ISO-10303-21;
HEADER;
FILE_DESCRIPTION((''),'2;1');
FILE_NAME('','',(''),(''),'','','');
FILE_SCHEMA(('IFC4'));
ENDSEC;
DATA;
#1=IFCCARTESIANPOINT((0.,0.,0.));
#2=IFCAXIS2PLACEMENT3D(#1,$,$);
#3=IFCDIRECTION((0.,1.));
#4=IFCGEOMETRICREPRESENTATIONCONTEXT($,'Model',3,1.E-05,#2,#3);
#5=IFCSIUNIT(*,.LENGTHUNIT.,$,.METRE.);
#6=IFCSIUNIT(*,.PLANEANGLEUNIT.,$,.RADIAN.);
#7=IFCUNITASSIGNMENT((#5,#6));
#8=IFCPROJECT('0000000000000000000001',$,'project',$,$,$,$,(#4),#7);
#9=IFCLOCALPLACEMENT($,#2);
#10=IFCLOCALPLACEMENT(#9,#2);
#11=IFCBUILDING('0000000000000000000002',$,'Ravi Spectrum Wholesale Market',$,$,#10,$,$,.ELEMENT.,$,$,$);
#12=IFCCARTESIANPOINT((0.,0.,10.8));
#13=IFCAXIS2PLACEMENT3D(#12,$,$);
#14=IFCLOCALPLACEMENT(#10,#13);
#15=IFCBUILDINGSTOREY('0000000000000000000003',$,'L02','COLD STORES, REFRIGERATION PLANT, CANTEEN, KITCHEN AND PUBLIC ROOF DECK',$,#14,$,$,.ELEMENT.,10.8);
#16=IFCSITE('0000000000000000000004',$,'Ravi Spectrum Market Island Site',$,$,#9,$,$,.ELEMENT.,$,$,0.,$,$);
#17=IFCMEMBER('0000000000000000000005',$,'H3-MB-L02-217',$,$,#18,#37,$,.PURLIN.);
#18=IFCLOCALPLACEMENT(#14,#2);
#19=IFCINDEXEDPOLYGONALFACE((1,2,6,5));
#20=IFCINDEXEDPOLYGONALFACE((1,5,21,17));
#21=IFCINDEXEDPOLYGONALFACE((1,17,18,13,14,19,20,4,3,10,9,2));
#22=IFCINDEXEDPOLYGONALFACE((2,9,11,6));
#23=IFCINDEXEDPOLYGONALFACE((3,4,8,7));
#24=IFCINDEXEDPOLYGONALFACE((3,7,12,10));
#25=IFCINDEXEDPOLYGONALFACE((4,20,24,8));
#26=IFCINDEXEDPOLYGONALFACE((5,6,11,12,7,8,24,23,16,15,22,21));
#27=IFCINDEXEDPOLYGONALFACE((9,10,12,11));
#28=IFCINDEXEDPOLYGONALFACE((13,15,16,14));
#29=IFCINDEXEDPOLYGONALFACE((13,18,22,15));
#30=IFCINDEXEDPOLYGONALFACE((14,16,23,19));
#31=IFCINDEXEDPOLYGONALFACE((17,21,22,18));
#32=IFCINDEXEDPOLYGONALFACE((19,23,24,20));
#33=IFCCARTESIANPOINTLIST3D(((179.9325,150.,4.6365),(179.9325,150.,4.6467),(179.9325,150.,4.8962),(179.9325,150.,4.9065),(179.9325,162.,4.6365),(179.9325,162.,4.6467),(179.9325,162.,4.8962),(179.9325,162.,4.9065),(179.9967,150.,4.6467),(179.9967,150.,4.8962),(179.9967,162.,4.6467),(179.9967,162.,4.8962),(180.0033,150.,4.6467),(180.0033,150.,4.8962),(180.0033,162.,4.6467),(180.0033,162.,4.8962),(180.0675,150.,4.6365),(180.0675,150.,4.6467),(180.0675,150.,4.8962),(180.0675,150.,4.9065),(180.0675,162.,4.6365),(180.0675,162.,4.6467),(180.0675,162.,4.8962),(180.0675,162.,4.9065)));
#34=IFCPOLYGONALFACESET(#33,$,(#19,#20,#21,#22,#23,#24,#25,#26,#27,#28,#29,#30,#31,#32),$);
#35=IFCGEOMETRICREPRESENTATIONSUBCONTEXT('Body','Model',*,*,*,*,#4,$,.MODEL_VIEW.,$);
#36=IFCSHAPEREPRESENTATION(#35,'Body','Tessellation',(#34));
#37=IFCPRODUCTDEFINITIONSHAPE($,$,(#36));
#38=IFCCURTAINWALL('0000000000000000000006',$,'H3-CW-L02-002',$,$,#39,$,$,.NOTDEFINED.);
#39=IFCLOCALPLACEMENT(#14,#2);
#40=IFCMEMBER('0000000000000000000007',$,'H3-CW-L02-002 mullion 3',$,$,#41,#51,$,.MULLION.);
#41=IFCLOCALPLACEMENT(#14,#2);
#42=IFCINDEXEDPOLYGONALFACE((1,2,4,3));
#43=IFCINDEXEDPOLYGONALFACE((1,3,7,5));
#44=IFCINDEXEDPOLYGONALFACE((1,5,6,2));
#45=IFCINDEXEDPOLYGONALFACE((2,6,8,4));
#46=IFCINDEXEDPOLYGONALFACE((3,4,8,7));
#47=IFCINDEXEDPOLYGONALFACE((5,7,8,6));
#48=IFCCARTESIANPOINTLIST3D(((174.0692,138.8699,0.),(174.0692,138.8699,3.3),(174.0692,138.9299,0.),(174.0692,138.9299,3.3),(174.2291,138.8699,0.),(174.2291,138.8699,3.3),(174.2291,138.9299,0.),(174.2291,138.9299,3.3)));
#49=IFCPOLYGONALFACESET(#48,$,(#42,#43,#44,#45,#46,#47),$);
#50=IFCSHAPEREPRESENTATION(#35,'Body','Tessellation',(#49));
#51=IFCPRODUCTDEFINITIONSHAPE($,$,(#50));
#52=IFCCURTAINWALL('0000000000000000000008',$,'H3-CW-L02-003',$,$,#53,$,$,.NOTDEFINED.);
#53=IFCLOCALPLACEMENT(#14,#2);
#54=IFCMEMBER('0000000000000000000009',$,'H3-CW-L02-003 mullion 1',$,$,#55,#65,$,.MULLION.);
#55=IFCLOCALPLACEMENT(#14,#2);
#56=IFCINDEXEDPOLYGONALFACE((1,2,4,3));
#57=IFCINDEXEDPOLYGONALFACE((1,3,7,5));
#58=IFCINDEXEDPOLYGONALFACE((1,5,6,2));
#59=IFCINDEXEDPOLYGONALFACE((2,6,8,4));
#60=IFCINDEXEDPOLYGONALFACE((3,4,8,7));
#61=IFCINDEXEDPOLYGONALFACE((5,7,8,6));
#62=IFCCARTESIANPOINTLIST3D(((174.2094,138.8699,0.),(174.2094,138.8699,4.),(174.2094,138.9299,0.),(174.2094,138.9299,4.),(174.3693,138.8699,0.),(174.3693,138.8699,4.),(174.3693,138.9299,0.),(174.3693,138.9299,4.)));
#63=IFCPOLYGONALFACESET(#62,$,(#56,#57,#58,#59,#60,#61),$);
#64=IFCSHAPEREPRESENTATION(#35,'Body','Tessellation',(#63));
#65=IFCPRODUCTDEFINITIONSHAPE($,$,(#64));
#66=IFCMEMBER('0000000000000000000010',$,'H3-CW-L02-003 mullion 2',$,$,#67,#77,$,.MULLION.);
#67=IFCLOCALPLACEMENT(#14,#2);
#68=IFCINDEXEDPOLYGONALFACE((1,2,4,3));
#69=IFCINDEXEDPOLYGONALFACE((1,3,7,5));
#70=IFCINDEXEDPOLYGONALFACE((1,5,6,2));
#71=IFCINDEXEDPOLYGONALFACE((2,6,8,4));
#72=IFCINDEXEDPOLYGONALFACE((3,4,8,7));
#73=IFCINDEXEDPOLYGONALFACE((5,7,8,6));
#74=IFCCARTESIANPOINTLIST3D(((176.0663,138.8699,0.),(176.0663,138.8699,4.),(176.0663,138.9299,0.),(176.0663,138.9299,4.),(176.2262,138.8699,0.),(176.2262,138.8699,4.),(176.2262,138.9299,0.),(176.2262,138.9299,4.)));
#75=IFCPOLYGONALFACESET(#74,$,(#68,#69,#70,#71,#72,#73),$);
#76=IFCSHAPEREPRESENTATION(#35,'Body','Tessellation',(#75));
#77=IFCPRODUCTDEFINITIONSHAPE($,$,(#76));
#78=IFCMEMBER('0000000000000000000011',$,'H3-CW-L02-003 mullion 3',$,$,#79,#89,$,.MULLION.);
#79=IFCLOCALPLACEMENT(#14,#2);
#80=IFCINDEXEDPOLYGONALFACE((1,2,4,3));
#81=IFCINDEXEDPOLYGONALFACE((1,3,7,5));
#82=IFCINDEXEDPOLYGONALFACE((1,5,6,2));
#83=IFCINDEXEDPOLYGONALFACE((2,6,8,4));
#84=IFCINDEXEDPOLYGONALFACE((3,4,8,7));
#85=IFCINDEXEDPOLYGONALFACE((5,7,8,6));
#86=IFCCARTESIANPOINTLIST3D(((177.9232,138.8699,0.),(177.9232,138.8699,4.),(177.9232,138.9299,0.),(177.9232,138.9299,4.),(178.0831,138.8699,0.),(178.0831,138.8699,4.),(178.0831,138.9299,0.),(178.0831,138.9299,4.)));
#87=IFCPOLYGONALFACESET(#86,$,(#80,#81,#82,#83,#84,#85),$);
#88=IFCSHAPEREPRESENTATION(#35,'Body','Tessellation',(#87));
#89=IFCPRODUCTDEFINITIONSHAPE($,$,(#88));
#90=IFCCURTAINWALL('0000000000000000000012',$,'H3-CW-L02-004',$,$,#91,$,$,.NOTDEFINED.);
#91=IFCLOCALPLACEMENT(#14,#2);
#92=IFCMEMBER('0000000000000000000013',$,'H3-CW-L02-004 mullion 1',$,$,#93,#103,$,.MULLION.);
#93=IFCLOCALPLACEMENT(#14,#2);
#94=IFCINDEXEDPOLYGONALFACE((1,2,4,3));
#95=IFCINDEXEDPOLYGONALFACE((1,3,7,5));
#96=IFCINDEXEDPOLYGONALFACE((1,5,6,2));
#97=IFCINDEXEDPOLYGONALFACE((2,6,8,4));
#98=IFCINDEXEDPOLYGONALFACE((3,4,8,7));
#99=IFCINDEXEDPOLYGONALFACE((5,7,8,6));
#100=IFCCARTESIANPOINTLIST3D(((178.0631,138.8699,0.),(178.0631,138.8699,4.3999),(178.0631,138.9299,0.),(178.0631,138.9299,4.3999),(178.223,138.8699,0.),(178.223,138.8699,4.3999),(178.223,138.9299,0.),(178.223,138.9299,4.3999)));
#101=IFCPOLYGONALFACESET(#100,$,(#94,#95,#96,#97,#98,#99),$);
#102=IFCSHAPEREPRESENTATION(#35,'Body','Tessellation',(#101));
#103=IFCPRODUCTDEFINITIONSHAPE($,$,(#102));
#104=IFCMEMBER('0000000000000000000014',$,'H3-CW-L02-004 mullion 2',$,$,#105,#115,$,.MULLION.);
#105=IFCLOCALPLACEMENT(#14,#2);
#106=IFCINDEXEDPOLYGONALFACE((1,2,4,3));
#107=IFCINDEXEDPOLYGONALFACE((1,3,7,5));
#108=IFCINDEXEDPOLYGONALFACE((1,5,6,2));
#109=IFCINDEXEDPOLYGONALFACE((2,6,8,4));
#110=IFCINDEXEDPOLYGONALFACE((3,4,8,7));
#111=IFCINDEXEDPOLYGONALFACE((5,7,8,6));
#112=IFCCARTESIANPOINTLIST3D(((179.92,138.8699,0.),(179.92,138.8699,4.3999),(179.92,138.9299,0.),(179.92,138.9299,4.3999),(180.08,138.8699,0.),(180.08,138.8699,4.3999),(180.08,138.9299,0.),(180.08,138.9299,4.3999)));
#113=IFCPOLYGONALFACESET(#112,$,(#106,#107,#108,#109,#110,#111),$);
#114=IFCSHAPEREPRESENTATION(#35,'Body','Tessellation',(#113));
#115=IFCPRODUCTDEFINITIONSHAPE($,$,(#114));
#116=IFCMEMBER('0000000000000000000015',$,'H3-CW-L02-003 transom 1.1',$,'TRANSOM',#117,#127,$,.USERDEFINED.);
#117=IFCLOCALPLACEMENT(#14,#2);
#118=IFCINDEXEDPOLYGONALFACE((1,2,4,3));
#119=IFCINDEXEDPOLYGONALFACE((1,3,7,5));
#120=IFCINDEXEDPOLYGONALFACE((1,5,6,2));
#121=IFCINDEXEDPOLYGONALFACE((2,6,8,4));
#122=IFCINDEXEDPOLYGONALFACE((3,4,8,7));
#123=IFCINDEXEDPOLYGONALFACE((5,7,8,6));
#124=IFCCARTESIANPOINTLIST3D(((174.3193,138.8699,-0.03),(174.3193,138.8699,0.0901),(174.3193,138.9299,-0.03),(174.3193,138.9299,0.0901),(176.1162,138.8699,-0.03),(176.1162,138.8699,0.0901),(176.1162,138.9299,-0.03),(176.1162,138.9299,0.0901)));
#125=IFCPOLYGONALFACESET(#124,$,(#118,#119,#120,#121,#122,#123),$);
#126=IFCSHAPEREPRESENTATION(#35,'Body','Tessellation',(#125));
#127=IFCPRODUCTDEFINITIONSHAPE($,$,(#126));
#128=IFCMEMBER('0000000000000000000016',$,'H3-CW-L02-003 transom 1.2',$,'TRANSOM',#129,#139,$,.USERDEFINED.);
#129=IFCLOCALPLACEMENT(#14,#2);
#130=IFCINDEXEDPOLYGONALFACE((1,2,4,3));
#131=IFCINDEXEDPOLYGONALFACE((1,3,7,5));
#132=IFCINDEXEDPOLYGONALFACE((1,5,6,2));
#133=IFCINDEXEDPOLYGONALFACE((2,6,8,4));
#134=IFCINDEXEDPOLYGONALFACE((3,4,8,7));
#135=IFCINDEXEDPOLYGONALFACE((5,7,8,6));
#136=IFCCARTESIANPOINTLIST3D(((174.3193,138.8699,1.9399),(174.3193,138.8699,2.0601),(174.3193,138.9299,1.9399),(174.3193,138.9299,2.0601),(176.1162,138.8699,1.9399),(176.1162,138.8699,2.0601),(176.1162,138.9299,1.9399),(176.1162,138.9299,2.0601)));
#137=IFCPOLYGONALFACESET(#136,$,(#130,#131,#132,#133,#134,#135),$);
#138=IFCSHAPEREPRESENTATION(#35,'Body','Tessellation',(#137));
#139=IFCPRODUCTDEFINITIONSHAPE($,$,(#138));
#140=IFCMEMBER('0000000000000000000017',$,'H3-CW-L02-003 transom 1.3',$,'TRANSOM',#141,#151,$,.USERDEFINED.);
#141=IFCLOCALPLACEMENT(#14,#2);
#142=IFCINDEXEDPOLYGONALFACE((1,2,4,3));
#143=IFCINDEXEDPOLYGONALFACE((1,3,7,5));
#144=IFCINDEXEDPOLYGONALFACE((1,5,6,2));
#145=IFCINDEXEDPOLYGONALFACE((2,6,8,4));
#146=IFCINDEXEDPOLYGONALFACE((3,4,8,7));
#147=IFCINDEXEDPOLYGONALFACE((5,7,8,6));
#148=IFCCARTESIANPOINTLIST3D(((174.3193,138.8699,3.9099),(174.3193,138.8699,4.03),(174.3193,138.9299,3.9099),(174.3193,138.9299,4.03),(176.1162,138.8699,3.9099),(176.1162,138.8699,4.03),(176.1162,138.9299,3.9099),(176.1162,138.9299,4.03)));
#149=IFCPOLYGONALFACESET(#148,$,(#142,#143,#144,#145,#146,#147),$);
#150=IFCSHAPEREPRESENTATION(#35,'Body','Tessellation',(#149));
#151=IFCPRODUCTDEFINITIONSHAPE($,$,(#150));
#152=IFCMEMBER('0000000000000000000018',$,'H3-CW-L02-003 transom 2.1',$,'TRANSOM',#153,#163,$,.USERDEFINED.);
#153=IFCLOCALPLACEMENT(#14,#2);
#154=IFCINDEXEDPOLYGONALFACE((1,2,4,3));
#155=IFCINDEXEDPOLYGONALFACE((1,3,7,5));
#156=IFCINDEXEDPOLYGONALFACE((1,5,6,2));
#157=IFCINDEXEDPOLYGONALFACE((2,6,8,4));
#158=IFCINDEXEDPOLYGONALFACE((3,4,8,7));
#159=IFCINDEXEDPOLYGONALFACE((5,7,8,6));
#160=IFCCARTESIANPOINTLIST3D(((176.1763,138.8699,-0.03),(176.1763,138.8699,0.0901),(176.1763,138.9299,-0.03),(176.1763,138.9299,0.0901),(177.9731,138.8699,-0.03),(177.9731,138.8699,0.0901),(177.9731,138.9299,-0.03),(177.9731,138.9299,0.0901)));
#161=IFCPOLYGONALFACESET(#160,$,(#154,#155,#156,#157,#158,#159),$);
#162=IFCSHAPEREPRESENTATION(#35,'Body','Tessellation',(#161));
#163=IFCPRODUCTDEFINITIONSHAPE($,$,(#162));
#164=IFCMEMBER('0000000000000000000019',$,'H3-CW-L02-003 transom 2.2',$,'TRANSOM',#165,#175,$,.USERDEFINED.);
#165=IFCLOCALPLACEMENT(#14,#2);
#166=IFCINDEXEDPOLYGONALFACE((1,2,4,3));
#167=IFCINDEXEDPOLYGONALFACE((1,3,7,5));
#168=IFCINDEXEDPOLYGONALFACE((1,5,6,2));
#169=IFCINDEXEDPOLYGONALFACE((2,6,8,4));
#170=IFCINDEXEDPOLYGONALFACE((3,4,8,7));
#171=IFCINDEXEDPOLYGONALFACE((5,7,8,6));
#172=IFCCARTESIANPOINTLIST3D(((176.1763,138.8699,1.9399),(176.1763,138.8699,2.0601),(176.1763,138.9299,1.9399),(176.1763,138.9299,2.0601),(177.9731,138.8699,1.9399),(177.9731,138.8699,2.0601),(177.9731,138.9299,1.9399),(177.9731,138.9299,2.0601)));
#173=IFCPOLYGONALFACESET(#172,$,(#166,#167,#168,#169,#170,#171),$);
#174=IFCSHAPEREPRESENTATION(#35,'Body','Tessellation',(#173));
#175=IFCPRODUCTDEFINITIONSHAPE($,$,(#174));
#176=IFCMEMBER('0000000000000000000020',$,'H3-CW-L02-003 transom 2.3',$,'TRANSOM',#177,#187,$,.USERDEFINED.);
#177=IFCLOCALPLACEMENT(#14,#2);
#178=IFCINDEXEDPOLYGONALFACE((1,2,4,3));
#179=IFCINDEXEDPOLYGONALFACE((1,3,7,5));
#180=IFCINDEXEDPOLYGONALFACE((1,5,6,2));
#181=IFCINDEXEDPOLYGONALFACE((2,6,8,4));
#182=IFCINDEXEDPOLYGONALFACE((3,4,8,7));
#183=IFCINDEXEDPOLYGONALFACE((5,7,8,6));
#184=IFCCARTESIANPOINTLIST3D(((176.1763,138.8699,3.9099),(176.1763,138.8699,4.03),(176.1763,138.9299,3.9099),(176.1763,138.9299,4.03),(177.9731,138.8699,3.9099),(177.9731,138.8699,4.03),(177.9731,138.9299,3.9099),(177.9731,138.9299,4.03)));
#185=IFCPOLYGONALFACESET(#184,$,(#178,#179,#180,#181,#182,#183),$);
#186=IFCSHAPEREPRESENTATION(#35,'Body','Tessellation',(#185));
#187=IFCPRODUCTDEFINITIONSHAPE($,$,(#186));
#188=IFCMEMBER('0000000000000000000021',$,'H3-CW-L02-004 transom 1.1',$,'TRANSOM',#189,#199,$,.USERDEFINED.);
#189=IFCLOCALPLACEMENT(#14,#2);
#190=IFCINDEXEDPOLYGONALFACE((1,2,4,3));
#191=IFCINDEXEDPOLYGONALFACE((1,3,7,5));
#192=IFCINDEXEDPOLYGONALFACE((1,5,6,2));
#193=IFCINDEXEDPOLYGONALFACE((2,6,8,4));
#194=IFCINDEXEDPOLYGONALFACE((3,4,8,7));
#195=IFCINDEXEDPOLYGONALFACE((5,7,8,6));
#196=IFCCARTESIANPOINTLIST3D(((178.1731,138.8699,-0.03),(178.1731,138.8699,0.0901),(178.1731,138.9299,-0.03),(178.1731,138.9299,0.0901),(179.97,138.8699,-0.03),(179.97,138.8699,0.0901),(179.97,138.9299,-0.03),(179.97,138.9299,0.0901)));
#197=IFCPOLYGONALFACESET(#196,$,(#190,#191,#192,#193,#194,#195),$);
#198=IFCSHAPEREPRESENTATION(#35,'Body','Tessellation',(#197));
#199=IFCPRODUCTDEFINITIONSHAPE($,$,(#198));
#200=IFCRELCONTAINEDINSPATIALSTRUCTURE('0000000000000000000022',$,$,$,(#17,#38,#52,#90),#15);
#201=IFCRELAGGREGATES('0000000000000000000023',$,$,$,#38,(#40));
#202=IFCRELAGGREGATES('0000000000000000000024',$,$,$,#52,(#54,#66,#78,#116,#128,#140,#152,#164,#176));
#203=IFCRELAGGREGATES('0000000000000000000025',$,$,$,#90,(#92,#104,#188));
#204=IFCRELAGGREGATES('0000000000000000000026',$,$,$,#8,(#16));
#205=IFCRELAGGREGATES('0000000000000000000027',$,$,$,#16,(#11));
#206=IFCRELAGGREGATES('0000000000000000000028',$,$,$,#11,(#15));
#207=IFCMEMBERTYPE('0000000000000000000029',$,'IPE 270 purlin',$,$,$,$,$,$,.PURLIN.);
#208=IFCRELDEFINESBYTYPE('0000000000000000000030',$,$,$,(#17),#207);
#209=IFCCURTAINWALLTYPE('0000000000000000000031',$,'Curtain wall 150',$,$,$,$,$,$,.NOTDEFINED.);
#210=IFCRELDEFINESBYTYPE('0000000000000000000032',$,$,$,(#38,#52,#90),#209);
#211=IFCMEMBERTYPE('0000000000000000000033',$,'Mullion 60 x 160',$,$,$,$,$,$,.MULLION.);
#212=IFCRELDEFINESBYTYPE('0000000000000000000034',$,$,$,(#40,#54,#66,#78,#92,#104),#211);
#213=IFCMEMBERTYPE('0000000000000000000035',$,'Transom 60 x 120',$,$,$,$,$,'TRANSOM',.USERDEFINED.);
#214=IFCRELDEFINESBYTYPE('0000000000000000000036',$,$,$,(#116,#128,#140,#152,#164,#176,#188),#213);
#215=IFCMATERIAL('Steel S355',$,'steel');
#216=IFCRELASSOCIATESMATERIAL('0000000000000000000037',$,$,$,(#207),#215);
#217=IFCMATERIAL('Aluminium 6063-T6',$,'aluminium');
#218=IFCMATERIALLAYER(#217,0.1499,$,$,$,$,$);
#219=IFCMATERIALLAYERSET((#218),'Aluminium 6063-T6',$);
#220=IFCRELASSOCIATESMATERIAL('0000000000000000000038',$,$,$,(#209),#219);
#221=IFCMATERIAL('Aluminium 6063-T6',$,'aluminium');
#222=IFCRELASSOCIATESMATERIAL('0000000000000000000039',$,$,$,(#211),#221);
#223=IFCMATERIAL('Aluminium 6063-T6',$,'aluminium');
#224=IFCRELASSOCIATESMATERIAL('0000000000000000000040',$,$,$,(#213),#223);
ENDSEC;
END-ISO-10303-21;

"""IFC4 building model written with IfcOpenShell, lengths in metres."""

from ifc_helpers import new_model, si_unit, direction, frame, origin, origin_2d, place, context, subcontext, project, spatial, rectangle, i_section, extrude, material, layer, layer_set, material_profile, profile_set, type_object, element, aggregate, save


model = new_model("IFC4")

# Units and contexts
model_context = context("Model", 3, precision=1e-05, world=origin(), true_north=direction((0.0, 1.0)))
body_context = subcontext(model_context, "Body", "Model", "MODEL_VIEW")
ifc_project = project(units=[si_unit("LENGTHUNIT", "METRE"), si_unit("PLANEANGLEUNIT", "RADIAN")], contexts=[model_context])

# Site, building, storey
site_placement = place(None, origin())
site = spatial("IfcSite", under=ifc_project, at=site_placement, Name="Ravi Spectrum Market Island Site", CompositionType="ELEMENT", RefElevation=0.0)
building_placement = place(site_placement, origin())
building = spatial("IfcBuilding", under=site, at=building_placement, Name="Ravi Spectrum Wholesale Market", CompositionType="ELEMENT")
storey_placement = place(building_placement, frame((0.0, 0.0, 10.8)))
storey = spatial("IfcBuildingStorey", under=building, at=storey_placement, Name="L02", Description="COLD STORES, REFRIGERATION PLANT, CANTEEN, KITCHEN AND PUBLIC ROOF DECK", CompositionType="ELEMENT", Elevation=10.8)

# Member
ifc_material_1 = material(Name="Steel S355", Category="steel")
ifc_material_profile_1 = material_profile(ifc_material_1, i_section(OverallWidth=0.135, OverallDepth=0.27, WebThickness=0.0066, FlangeThickness=0.0103, at=origin_2d()))
ifc_profile_set_1 = profile_set([ifc_material_profile_1], Name="Steel S355")
member_type_1 = type_object("IfcMemberType", Name="IPE 270 purlin", PredefinedType="PURLIN", material=ifc_profile_set_1)
for number, where, z_axis, x_axis, name in (
    (1, (180.0, 150.0, 4.7715), (0.0, 1.0, 0.0), (-1.0, 0.0, 0.0), "H3-MB-L02-217"),
):
    element("IfcMember", number, at=place(storey_placement, frame(where, z_axis=z_axis, x_axis=x_axis)), inside=storey, type_object=member_type_1, Name=name, PredefinedType="PURLIN", context=body_context, shape_type="SweptSolid", body=[
        extrude(i_section(OverallWidth=0.135, OverallDepth=0.27, WebThickness=0.0066, FlangeThickness=0.0103, at=origin_2d()), origin(), (0.0, 0.0, 1.0), 12.0),
    ])

# Curtain wall, member
ifc_material_2 = material(Name="Aluminium 6063-T6", Category="aluminium")
ifc_layer_1 = layer(ifc_material_2, 0.1499)
ifc_layer_set_1 = layer_set([ifc_layer_1], Name="Aluminium 6063-T6")
curtain_wall_type = type_object("IfcCurtainWallType", Name="Curtain wall 150", PredefinedType="NOTDEFINED", material=ifc_layer_set_1)
curtain_wall_1_placement = place(storey_placement, origin())
curtain_wall_1 = element("IfcCurtainWall", 2, at=curtain_wall_1_placement, inside=storey, type_object=curtain_wall_type, Name="H3-CW-L02-002", PredefinedType="NOTDEFINED")
ifc_material_3 = material(Name="Aluminium 6063-T6", Category="aluminium")
ifc_material_profile_2 = material_profile(ifc_material_3, rectangle(XDim=0.0601, YDim=0.1599, at=origin_2d()))
ifc_profile_set_2 = profile_set([ifc_material_profile_2], Name="Aluminium 6063-T6")
member_type_2 = type_object("IfcMemberType", Name="Mullion 60 x 160", PredefinedType="MULLION", material=ifc_profile_set_2)
member_1_placement = place(storey_placement, frame((174.1492, 138.8999, 0.0), z_axis=(0.0, 0.0, 1.0), x_axis=(0.0, 1.0, 0.0)))
member_1 = element("IfcMember", 3, at=member_1_placement, type_object=member_type_2, Name="H3-CW-L02-002 mullion 3", PredefinedType="MULLION", context=body_context, shape_type="SweptSolid", body=[
    extrude(rectangle(XDim=0.0601, YDim=0.1599, at=origin_2d()), origin(), (0.0, 0.0, 1.0), 3.3),
])
aggregate(curtain_wall_1, [member_1])

# Curtain walls, members
curtain_wall_2_placement = place(storey_placement, origin())
curtain_wall_2 = element("IfcCurtainWall", 4, at=curtain_wall_2_placement, inside=storey, type_object=curtain_wall_type, Name="H3-CW-L02-003", PredefinedType="NOTDEFINED")
member_2_placement = place(storey_placement, frame((174.2893, 138.8999, 0.0), z_axis=(0.0, 0.0, 1.0), x_axis=(0.0, 1.0, 0.0)))
member_2 = element("IfcMember", 5, at=member_2_placement, type_object=member_type_2, Name="H3-CW-L02-003 mullion 1", PredefinedType="MULLION", context=body_context, shape_type="SweptSolid", body=[
    extrude(rectangle(XDim=0.0601, YDim=0.1599, at=origin_2d()), origin(), (0.0, 0.0, 1.0), 4.0),
])
member_3_placement = place(storey_placement, frame((176.1462, 138.8999, 0.0), z_axis=(0.0, 0.0, 1.0), x_axis=(0.0, 1.0, 0.0)))
member_3 = element("IfcMember", 6, at=member_3_placement, type_object=member_type_2, Name="H3-CW-L02-003 mullion 2", PredefinedType="MULLION", context=body_context, shape_type="SweptSolid", body=[
    extrude(rectangle(XDim=0.0601, YDim=0.1599, at=origin_2d()), origin(), (0.0, 0.0, 1.0), 4.0),
])
member_4_placement = place(storey_placement, frame((178.0032, 138.8999, 0.0), z_axis=(0.0, 0.0, 1.0), x_axis=(0.0, 1.0, 0.0)))
member_4 = element("IfcMember", 7, at=member_4_placement, type_object=member_type_2, Name="H3-CW-L02-003 mullion 3", PredefinedType="MULLION", context=body_context, shape_type="SweptSolid", body=[
    extrude(rectangle(XDim=0.0601, YDim=0.1599, at=origin_2d()), origin(), (0.0, 0.0, 1.0), 4.0),
])
curtain_wall_3_placement = place(storey_placement, origin())
curtain_wall_3 = element("IfcCurtainWall", 8, at=curtain_wall_3_placement, inside=storey, type_object=curtain_wall_type, Name="H3-CW-L02-004", PredefinedType="NOTDEFINED")
member_5_placement = place(storey_placement, frame((178.1431, 138.8999, 0.0), z_axis=(0.0, 0.0, 1.0), x_axis=(0.0, 1.0, 0.0)))
member_5 = element("IfcMember", 9, at=member_5_placement, type_object=member_type_2, Name="H3-CW-L02-004 mullion 1", PredefinedType="MULLION", context=body_context, shape_type="SweptSolid", body=[
    extrude(rectangle(XDim=0.0601, YDim=0.1599, at=origin_2d()), origin(), (0.0, 0.0, 1.0), 4.3999),
])
member_6_placement = place(storey_placement, frame((180.0, 138.8999, 0.0), z_axis=(0.0, 0.0, 1.0), x_axis=(0.0, 1.0, 0.0)))
member_6 = element("IfcMember", 10, at=member_6_placement, type_object=member_type_2, Name="H3-CW-L02-004 mullion 2", PredefinedType="MULLION", context=body_context, shape_type="SweptSolid", body=[
    extrude(rectangle(XDim=0.0601, YDim=0.1599, at=origin_2d()), origin(), (0.0, 0.0, 1.0), 4.3999),
])

# Members
ifc_material_4 = material(Name="Aluminium 6063-T6", Category="aluminium")
ifc_material_profile_3 = material_profile(ifc_material_4, rectangle(XDim=0.0601, YDim=0.1201, at=origin_2d()))
ifc_profile_set_3 = profile_set([ifc_material_profile_3], Name="Aluminium 6063-T6")
member_type_3 = type_object("IfcMemberType", Name="Transom 60 x 120", ElementType="TRANSOM", PredefinedType="USERDEFINED", material=ifc_profile_set_3)
member_7_placement = place(storey_placement, frame((174.3193, 138.8999, 0.03), z_axis=(1.0, 0.0, 0.0), x_axis=(0.0, 1.0, 0.0)))
member_7 = element("IfcMember", 11, at=member_7_placement, type_object=member_type_3, Name="H3-CW-L02-003 transom 1.1", ObjectType="TRANSOM", PredefinedType="USERDEFINED", context=body_context, shape_type="SweptSolid", body=[
    extrude(rectangle(XDim=0.0601, YDim=0.1201, at=origin_2d()), origin(), (0.0, 0.0, 1.0), 1.7969),
])
member_8_placement = place(storey_placement, frame((174.3193, 138.8999, 2.0), z_axis=(1.0, 0.0, 0.0), x_axis=(0.0, 1.0, 0.0)))
member_8 = element("IfcMember", 12, at=member_8_placement, type_object=member_type_3, Name="H3-CW-L02-003 transom 1.2", ObjectType="TRANSOM", PredefinedType="USERDEFINED", context=body_context, shape_type="SweptSolid", body=[
    extrude(rectangle(XDim=0.0601, YDim=0.1201, at=origin_2d()), origin(), (0.0, 0.0, 1.0), 1.7969),
])
member_9_placement = place(storey_placement, frame((174.3193, 138.8999, 3.97), z_axis=(1.0, 0.0, 0.0), x_axis=(0.0, 1.0, 0.0)))
member_9 = element("IfcMember", 13, at=member_9_placement, type_object=member_type_3, Name="H3-CW-L02-003 transom 1.3", ObjectType="TRANSOM", PredefinedType="USERDEFINED", context=body_context, shape_type="SweptSolid", body=[
    extrude(rectangle(XDim=0.0601, YDim=0.1201, at=origin_2d()), origin(), (0.0, 0.0, 1.0), 1.7969),
])
member_10_placement = place(storey_placement, frame((176.1763, 138.8999, 0.03), z_axis=(1.0, 0.0, 0.0), x_axis=(0.0, 1.0, 0.0)))
member_10 = element("IfcMember", 14, at=member_10_placement, type_object=member_type_3, Name="H3-CW-L02-003 transom 2.1", ObjectType="TRANSOM", PredefinedType="USERDEFINED", context=body_context, shape_type="SweptSolid", body=[
    extrude(rectangle(XDim=0.0601, YDim=0.1201, at=origin_2d()), origin(), (0.0, 0.0, 1.0), 1.7969),
])
member_11_placement = place(storey_placement, frame((176.1763, 138.8999, 2.0), z_axis=(1.0, 0.0, 0.0), x_axis=(0.0, 1.0, 0.0)))
member_11 = element("IfcMember", 15, at=member_11_placement, type_object=member_type_3, Name="H3-CW-L02-003 transom 2.2", ObjectType="TRANSOM", PredefinedType="USERDEFINED", context=body_context, shape_type="SweptSolid", body=[
    extrude(rectangle(XDim=0.0601, YDim=0.1201, at=origin_2d()), origin(), (0.0, 0.0, 1.0), 1.7969),
])
member_12_placement = place(storey_placement, frame((176.1763, 138.8999, 3.97), z_axis=(1.0, 0.0, 0.0), x_axis=(0.0, 1.0, 0.0)))
member_12 = element("IfcMember", 16, at=member_12_placement, type_object=member_type_3, Name="H3-CW-L02-003 transom 2.3", ObjectType="TRANSOM", PredefinedType="USERDEFINED", context=body_context, shape_type="SweptSolid", body=[
    extrude(rectangle(XDim=0.0601, YDim=0.1201, at=origin_2d()), origin(), (0.0, 0.0, 1.0), 1.7969),
])
member_13_placement = place(storey_placement, frame((178.1731, 138.8999, 0.03), z_axis=(1.0, 0.0, 0.0), x_axis=(0.0, 1.0, 0.0)))
member_13 = element("IfcMember", 17, at=member_13_placement, type_object=member_type_3, Name="H3-CW-L02-004 transom 1.1", ObjectType="TRANSOM", PredefinedType="USERDEFINED", context=body_context, shape_type="SweptSolid", body=[
    extrude(rectangle(XDim=0.0601, YDim=0.1201, at=origin_2d()), origin(), (0.0, 0.0, 1.0), 1.7969),
])

aggregate(curtain_wall_2, [member_2, member_3, member_4, member_7, member_8, member_9, member_10, member_11, member_12])
aggregate(curtain_wall_3, [member_5, member_6, member_13])

save(model, "model.ifc")
